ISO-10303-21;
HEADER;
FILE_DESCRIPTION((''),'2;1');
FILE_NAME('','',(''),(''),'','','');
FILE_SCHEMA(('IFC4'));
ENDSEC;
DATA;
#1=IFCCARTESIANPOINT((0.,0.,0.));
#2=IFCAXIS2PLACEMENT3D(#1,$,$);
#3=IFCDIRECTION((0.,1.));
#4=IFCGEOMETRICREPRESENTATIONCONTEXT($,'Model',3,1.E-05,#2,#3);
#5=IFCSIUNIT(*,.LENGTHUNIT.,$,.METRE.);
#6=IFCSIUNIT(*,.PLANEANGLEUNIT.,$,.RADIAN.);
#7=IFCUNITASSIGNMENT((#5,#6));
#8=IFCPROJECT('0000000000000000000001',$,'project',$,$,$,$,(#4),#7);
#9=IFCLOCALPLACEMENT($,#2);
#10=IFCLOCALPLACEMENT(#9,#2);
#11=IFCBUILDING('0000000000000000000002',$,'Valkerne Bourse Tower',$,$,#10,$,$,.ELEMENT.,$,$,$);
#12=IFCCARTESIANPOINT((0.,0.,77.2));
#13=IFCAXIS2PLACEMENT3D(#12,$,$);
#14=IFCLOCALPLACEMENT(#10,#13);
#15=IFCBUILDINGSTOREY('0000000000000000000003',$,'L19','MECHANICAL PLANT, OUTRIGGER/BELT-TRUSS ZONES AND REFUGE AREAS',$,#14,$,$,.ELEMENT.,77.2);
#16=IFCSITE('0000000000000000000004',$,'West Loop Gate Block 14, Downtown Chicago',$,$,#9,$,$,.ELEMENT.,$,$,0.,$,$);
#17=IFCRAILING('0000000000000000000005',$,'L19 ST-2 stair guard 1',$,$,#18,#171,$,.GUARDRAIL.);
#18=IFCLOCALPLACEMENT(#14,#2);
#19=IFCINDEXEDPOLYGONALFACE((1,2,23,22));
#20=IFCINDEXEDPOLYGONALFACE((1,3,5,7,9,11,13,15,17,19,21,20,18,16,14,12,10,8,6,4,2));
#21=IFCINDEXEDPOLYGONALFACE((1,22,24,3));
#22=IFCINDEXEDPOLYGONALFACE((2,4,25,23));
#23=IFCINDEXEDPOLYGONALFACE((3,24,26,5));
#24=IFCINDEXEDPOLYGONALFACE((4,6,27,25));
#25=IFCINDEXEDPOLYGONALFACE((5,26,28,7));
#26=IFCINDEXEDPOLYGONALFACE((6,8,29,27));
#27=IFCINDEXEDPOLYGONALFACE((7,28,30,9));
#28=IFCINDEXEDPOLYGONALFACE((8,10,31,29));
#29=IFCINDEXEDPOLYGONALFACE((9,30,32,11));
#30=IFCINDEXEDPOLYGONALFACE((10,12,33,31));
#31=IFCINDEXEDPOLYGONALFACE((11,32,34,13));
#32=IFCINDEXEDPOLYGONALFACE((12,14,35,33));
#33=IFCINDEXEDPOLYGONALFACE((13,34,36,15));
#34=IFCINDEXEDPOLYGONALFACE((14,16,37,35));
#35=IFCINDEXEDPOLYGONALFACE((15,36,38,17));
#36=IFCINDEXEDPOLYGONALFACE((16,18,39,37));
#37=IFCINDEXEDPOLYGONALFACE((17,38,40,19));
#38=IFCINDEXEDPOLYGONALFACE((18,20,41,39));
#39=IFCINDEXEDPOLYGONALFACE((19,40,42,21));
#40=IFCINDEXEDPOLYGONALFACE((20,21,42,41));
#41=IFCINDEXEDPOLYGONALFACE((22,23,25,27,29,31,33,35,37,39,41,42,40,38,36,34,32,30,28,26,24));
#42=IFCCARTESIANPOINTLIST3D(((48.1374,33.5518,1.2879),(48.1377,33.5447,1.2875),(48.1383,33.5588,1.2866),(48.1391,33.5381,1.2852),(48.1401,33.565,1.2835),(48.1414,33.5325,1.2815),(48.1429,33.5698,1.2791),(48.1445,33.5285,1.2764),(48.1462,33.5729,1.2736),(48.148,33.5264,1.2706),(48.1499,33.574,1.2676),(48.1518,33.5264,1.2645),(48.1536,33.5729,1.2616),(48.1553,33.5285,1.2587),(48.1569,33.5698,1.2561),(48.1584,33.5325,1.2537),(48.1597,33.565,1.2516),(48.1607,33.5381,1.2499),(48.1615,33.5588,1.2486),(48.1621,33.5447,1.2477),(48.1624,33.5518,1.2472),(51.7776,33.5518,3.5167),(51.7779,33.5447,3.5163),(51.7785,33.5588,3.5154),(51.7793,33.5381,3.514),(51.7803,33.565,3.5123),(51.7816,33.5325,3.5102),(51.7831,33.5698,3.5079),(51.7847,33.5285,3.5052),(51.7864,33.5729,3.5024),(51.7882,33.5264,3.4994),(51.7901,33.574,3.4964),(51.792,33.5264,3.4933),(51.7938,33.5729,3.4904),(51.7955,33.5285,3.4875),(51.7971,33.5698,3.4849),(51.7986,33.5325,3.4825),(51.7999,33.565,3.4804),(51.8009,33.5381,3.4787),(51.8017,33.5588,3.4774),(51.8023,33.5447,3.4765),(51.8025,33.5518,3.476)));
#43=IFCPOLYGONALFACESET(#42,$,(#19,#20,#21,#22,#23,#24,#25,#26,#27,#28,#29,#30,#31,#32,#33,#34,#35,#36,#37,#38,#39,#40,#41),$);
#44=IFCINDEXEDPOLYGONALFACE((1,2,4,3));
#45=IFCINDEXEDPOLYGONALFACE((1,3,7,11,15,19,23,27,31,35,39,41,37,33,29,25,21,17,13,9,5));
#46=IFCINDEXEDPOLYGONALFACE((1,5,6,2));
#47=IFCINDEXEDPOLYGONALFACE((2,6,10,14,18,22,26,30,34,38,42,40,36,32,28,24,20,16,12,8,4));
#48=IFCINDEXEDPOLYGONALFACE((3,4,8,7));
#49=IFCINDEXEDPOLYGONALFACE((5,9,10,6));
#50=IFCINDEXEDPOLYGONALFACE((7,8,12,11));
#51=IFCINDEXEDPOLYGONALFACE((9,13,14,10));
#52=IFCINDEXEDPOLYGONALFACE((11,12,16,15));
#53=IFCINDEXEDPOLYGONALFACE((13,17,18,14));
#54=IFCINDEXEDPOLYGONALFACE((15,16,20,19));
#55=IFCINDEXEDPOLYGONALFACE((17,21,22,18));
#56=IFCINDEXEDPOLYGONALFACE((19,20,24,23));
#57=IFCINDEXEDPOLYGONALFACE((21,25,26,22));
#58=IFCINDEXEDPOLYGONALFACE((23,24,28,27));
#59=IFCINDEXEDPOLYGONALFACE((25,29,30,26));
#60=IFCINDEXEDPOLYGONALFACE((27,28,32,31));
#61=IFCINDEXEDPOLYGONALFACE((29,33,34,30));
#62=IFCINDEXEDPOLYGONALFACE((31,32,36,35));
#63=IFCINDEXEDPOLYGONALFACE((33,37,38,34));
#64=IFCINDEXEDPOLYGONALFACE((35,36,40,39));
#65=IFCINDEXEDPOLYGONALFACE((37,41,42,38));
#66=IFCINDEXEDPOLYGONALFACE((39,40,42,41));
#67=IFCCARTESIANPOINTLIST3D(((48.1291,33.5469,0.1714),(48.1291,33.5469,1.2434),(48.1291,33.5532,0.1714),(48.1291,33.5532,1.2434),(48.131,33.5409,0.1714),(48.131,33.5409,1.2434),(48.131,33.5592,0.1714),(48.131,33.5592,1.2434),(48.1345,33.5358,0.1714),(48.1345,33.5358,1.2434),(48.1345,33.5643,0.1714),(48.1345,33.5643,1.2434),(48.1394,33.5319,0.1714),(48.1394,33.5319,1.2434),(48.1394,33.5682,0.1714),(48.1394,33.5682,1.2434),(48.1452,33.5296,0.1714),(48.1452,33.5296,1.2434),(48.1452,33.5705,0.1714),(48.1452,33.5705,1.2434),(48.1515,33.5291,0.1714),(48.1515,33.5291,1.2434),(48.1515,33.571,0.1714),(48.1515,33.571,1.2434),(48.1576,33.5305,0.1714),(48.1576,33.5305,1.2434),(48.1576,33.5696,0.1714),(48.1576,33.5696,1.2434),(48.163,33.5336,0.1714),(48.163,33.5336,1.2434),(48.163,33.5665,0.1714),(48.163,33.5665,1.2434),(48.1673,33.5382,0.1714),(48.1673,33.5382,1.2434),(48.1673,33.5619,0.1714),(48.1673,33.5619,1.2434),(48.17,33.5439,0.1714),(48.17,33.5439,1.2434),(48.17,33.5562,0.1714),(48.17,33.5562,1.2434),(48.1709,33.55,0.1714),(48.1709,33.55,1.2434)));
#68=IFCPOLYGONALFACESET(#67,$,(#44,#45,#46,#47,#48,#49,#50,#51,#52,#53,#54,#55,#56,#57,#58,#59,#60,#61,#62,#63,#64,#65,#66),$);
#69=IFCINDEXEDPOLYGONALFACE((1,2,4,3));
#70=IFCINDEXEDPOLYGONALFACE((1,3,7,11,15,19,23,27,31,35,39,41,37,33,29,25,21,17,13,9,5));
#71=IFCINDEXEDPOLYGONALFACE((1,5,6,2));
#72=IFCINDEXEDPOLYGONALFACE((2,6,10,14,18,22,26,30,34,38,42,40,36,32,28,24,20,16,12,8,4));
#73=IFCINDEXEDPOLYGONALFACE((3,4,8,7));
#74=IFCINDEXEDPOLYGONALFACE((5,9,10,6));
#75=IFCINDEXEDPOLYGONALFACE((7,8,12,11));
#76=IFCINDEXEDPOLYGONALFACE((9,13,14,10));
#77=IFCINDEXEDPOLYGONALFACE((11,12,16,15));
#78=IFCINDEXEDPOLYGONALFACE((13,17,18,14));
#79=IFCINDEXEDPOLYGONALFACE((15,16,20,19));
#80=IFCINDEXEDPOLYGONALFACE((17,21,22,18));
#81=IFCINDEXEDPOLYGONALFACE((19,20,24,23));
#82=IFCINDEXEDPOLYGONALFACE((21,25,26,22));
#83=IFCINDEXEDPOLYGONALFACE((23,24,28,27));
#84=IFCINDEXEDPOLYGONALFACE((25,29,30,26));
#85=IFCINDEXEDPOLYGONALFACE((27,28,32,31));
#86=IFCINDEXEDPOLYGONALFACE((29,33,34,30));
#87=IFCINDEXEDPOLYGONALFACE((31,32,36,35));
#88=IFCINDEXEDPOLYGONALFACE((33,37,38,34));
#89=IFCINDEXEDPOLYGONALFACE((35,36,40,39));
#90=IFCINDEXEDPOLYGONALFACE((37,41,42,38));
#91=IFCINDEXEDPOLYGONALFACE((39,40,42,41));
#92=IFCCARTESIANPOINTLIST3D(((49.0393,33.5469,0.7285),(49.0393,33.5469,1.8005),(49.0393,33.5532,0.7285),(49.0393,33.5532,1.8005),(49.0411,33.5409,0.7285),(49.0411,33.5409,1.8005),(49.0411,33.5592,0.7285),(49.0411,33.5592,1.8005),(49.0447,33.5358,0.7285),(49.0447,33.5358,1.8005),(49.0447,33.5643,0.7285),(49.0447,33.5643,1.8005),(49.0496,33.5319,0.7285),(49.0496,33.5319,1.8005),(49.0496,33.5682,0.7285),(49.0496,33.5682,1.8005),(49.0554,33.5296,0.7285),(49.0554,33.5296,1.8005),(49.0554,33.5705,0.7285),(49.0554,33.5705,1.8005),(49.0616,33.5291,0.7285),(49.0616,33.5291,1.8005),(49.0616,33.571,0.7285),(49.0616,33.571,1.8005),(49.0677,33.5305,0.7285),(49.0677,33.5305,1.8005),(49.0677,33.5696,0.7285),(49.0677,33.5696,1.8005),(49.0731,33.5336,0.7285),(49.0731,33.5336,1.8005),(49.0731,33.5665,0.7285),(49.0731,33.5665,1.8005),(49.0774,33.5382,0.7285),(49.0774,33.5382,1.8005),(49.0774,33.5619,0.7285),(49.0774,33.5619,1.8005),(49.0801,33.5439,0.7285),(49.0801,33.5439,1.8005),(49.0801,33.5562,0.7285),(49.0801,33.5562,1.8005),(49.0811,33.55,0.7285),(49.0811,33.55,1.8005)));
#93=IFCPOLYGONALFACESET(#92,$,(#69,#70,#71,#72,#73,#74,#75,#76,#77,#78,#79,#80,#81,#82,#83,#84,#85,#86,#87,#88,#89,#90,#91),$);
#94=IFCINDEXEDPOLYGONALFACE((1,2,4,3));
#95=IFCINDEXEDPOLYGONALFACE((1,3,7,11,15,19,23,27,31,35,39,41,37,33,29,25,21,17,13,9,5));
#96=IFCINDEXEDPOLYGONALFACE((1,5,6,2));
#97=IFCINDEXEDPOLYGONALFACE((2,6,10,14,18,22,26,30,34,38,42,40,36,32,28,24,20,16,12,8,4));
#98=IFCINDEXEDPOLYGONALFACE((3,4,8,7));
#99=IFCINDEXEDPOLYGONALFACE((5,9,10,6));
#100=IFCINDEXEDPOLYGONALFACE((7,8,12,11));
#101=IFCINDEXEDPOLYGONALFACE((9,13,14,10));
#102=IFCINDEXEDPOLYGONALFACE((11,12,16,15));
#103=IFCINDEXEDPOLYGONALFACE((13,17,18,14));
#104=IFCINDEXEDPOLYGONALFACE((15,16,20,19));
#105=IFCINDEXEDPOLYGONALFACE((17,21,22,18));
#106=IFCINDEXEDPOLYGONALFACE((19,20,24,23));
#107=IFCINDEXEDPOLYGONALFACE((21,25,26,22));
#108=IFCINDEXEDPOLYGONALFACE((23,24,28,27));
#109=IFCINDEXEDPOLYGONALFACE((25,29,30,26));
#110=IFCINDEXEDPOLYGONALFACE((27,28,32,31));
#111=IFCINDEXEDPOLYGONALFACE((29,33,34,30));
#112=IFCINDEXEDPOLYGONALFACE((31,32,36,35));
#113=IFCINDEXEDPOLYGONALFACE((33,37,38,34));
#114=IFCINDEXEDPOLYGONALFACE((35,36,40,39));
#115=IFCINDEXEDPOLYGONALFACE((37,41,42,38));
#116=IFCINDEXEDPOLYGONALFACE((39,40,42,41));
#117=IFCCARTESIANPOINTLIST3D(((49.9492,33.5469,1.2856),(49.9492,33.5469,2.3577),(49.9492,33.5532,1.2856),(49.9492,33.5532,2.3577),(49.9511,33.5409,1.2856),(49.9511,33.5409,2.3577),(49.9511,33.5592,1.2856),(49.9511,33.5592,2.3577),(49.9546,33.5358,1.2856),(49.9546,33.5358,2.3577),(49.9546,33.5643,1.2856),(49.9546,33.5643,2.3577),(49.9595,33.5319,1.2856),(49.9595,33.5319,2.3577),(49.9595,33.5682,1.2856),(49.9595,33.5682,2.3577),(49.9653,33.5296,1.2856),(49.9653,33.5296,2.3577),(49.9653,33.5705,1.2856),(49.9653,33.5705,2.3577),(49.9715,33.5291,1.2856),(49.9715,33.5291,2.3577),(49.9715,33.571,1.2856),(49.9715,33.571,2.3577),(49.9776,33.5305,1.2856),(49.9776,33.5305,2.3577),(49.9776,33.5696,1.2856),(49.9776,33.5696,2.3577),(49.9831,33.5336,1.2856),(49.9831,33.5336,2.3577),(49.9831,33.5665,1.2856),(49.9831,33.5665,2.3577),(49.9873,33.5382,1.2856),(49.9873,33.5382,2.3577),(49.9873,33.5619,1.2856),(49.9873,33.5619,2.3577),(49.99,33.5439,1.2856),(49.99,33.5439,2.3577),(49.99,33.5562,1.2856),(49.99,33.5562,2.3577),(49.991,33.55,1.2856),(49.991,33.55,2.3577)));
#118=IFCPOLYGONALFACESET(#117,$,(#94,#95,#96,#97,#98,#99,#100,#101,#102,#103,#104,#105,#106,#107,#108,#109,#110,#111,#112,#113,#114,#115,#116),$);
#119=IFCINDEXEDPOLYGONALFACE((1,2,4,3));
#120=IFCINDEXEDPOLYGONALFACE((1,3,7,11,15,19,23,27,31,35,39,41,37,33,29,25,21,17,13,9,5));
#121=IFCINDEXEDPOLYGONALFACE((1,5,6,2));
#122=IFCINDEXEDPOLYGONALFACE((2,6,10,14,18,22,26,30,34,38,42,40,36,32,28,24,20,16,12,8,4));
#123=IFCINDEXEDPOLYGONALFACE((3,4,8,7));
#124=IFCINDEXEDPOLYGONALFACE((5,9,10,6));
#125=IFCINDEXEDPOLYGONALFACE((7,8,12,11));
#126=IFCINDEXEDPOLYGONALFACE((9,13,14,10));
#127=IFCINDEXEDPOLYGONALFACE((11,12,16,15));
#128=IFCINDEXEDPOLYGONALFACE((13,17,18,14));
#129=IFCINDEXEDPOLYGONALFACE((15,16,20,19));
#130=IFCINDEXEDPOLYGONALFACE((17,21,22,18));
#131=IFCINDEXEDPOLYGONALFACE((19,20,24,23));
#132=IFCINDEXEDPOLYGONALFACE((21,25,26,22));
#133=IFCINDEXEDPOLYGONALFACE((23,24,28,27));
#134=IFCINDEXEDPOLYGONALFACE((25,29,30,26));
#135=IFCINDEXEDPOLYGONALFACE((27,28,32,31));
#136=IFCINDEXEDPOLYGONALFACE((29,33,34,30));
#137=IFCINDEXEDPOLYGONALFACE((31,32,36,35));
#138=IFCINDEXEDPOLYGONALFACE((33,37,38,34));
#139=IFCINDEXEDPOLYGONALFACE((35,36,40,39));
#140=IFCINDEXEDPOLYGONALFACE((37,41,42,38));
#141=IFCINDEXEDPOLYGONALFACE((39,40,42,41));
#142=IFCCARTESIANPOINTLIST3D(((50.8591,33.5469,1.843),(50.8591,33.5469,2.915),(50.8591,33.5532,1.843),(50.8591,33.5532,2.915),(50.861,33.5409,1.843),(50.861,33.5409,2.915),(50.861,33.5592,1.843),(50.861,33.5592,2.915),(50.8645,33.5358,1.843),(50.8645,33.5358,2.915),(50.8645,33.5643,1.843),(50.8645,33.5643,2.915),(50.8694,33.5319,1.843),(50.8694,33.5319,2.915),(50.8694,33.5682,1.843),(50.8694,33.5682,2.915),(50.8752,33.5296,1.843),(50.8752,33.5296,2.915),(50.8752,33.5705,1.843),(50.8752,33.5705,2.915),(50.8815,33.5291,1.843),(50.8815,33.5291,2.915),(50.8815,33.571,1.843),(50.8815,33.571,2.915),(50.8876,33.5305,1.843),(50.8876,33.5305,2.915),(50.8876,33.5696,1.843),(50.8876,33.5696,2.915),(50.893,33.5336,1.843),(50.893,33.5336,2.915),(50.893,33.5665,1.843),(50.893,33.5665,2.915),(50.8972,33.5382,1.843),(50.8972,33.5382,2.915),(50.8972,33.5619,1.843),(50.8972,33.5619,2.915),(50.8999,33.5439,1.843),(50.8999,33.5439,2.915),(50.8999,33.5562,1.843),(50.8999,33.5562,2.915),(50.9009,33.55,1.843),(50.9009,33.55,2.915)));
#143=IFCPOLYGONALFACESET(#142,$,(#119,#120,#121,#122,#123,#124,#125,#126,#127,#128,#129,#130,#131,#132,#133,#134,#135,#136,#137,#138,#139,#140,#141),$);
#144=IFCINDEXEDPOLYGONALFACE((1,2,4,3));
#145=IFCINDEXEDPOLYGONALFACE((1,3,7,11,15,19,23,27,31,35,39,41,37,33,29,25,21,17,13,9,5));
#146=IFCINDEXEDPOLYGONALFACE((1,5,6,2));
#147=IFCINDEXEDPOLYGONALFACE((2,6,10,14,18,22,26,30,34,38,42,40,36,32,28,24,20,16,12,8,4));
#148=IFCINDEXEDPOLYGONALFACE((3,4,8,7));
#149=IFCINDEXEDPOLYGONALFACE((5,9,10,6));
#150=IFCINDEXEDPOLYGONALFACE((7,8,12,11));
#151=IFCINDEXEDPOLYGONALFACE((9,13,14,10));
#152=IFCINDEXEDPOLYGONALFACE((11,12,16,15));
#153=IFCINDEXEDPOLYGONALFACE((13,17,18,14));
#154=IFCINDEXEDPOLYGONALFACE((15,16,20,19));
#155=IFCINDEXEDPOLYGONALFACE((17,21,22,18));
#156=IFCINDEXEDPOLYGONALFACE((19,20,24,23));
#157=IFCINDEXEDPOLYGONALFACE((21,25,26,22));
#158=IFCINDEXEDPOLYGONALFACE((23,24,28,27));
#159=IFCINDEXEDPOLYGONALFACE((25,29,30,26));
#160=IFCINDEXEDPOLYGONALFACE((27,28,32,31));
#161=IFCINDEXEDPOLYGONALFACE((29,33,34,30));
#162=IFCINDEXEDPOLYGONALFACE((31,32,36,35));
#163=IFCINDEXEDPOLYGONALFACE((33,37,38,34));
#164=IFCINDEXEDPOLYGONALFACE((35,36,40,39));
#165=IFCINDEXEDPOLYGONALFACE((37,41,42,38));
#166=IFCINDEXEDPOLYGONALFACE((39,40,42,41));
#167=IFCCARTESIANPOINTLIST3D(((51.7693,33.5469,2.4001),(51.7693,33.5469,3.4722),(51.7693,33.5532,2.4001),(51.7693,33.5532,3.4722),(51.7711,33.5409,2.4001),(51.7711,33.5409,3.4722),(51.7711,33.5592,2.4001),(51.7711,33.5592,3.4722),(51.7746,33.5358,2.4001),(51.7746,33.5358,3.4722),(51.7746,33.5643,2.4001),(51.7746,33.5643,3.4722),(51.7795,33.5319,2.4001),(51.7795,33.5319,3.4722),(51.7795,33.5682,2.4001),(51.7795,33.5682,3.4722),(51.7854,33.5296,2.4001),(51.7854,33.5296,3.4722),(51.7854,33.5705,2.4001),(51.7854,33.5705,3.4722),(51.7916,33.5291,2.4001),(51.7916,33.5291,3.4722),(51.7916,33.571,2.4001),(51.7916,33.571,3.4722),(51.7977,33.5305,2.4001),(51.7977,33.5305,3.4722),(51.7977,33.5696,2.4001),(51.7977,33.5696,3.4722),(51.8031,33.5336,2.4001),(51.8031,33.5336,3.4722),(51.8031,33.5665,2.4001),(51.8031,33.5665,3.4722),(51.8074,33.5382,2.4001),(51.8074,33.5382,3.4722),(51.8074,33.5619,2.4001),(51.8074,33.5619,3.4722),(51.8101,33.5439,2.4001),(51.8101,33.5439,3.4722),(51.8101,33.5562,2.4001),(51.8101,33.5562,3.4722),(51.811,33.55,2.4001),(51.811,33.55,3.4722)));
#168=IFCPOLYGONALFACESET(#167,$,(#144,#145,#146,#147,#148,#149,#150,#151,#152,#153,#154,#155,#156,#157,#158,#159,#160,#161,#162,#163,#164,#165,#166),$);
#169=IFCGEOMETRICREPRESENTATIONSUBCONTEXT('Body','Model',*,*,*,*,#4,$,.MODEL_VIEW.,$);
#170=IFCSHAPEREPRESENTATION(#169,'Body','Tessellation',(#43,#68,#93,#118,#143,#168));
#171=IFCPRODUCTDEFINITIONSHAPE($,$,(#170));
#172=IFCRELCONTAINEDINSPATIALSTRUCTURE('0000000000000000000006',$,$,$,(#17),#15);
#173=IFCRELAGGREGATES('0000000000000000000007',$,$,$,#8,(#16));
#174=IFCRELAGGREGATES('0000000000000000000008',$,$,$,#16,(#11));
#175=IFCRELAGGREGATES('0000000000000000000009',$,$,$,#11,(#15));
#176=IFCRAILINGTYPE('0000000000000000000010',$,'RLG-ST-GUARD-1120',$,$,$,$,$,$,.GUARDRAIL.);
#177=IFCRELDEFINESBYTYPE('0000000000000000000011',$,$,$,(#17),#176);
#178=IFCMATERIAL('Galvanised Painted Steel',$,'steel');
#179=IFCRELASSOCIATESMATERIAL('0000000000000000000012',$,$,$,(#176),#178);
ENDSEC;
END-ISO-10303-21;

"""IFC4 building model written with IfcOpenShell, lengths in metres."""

from ifc_helpers import new_model, si_unit, direction, frame, origin, origin_2d, place, context, subcontext, project, spatial, circle, extrude, material, type_object, element, save


model = new_model("IFC4")

# Units and contexts
model_context = context("Model", 3, precision=1e-05, world=origin(), true_north=direction((0.0, 1.0)))
body_context = subcontext(model_context, "Body", "Model", "MODEL_VIEW")
ifc_project = project(units=[si_unit("LENGTHUNIT", "METRE"), si_unit("PLANEANGLEUNIT", "RADIAN")], contexts=[model_context])

# Site, building, storey
site_placement = place(None, origin())
site = spatial("IfcSite", under=ifc_project, at=site_placement, Name="West Loop Gate Block 14, Downtown Chicago", CompositionType="ELEMENT", RefElevation=0.0)
building_placement = place(site_placement, origin())
building = spatial("IfcBuilding", under=site, at=building_placement, Name="Valkerne Bourse Tower", CompositionType="ELEMENT")
storey_placement = place(building_placement, frame((0.0, 0.0, 77.2)))
storey = spatial("IfcBuildingStorey", under=building, at=storey_placement, Name="L19", Description="MECHANICAL PLANT, OUTRIGGER/BELT-TRUSS ZONES AND REFUGE AREAS", CompositionType="ELEMENT", Elevation=77.2)

# Railing
ifc_material_1 = material(Name="Galvanised Painted Steel", Category="steel")
railing_type_1 = type_object("IfcRailingType", Name="RLG-ST-GUARD-1120", PredefinedType="GUARDRAIL", material=ifc_material_1)
railing_1_placement = place(storey_placement, frame((48.1499, 33.55, 0.1714)))
element("IfcRailing", 1, at=railing_1_placement, inside=storey, type_object=railing_type_1, Name="L19 ST-2 stair guard 1", PredefinedType="GUARDRAIL", context=body_context, shape_type="SweptSolid", body=[
    extrude(circle(Radius=0.0239, at=origin_2d()), frame((0.0, 0.0, 1.0962), z_axis=(0.85284, 0.0, 0.522172), x_axis=(0.0, 1.0, 0.0)), (0.0, 0.0, 1.0), 4.2683),
    extrude(circle(Radius=0.021, at=origin_2d()), origin(), (0.0, 0.0, 1.0), 1.072),
    extrude(circle(Radius=0.021, at=origin_2d()), frame((0.9102, 0.0, 0.5571)), (0.0, 0.0, 1.0), 1.072),
    extrude(circle(Radius=0.021, at=origin_2d()), frame((1.8201, 0.0, 1.1143)), (0.0, 0.0, 1.0), 1.072),
    extrude(circle(Radius=0.021, at=origin_2d()), frame((2.73, 0.0, 1.6716)), (0.0, 0.0, 1.0), 1.072),
    extrude(circle(Radius=0.021, at=origin_2d()), frame((3.6401, 0.0, 2.2288)), (0.0, 0.0, 1.0), 1.072),
])

save(model, "model.ifc")
